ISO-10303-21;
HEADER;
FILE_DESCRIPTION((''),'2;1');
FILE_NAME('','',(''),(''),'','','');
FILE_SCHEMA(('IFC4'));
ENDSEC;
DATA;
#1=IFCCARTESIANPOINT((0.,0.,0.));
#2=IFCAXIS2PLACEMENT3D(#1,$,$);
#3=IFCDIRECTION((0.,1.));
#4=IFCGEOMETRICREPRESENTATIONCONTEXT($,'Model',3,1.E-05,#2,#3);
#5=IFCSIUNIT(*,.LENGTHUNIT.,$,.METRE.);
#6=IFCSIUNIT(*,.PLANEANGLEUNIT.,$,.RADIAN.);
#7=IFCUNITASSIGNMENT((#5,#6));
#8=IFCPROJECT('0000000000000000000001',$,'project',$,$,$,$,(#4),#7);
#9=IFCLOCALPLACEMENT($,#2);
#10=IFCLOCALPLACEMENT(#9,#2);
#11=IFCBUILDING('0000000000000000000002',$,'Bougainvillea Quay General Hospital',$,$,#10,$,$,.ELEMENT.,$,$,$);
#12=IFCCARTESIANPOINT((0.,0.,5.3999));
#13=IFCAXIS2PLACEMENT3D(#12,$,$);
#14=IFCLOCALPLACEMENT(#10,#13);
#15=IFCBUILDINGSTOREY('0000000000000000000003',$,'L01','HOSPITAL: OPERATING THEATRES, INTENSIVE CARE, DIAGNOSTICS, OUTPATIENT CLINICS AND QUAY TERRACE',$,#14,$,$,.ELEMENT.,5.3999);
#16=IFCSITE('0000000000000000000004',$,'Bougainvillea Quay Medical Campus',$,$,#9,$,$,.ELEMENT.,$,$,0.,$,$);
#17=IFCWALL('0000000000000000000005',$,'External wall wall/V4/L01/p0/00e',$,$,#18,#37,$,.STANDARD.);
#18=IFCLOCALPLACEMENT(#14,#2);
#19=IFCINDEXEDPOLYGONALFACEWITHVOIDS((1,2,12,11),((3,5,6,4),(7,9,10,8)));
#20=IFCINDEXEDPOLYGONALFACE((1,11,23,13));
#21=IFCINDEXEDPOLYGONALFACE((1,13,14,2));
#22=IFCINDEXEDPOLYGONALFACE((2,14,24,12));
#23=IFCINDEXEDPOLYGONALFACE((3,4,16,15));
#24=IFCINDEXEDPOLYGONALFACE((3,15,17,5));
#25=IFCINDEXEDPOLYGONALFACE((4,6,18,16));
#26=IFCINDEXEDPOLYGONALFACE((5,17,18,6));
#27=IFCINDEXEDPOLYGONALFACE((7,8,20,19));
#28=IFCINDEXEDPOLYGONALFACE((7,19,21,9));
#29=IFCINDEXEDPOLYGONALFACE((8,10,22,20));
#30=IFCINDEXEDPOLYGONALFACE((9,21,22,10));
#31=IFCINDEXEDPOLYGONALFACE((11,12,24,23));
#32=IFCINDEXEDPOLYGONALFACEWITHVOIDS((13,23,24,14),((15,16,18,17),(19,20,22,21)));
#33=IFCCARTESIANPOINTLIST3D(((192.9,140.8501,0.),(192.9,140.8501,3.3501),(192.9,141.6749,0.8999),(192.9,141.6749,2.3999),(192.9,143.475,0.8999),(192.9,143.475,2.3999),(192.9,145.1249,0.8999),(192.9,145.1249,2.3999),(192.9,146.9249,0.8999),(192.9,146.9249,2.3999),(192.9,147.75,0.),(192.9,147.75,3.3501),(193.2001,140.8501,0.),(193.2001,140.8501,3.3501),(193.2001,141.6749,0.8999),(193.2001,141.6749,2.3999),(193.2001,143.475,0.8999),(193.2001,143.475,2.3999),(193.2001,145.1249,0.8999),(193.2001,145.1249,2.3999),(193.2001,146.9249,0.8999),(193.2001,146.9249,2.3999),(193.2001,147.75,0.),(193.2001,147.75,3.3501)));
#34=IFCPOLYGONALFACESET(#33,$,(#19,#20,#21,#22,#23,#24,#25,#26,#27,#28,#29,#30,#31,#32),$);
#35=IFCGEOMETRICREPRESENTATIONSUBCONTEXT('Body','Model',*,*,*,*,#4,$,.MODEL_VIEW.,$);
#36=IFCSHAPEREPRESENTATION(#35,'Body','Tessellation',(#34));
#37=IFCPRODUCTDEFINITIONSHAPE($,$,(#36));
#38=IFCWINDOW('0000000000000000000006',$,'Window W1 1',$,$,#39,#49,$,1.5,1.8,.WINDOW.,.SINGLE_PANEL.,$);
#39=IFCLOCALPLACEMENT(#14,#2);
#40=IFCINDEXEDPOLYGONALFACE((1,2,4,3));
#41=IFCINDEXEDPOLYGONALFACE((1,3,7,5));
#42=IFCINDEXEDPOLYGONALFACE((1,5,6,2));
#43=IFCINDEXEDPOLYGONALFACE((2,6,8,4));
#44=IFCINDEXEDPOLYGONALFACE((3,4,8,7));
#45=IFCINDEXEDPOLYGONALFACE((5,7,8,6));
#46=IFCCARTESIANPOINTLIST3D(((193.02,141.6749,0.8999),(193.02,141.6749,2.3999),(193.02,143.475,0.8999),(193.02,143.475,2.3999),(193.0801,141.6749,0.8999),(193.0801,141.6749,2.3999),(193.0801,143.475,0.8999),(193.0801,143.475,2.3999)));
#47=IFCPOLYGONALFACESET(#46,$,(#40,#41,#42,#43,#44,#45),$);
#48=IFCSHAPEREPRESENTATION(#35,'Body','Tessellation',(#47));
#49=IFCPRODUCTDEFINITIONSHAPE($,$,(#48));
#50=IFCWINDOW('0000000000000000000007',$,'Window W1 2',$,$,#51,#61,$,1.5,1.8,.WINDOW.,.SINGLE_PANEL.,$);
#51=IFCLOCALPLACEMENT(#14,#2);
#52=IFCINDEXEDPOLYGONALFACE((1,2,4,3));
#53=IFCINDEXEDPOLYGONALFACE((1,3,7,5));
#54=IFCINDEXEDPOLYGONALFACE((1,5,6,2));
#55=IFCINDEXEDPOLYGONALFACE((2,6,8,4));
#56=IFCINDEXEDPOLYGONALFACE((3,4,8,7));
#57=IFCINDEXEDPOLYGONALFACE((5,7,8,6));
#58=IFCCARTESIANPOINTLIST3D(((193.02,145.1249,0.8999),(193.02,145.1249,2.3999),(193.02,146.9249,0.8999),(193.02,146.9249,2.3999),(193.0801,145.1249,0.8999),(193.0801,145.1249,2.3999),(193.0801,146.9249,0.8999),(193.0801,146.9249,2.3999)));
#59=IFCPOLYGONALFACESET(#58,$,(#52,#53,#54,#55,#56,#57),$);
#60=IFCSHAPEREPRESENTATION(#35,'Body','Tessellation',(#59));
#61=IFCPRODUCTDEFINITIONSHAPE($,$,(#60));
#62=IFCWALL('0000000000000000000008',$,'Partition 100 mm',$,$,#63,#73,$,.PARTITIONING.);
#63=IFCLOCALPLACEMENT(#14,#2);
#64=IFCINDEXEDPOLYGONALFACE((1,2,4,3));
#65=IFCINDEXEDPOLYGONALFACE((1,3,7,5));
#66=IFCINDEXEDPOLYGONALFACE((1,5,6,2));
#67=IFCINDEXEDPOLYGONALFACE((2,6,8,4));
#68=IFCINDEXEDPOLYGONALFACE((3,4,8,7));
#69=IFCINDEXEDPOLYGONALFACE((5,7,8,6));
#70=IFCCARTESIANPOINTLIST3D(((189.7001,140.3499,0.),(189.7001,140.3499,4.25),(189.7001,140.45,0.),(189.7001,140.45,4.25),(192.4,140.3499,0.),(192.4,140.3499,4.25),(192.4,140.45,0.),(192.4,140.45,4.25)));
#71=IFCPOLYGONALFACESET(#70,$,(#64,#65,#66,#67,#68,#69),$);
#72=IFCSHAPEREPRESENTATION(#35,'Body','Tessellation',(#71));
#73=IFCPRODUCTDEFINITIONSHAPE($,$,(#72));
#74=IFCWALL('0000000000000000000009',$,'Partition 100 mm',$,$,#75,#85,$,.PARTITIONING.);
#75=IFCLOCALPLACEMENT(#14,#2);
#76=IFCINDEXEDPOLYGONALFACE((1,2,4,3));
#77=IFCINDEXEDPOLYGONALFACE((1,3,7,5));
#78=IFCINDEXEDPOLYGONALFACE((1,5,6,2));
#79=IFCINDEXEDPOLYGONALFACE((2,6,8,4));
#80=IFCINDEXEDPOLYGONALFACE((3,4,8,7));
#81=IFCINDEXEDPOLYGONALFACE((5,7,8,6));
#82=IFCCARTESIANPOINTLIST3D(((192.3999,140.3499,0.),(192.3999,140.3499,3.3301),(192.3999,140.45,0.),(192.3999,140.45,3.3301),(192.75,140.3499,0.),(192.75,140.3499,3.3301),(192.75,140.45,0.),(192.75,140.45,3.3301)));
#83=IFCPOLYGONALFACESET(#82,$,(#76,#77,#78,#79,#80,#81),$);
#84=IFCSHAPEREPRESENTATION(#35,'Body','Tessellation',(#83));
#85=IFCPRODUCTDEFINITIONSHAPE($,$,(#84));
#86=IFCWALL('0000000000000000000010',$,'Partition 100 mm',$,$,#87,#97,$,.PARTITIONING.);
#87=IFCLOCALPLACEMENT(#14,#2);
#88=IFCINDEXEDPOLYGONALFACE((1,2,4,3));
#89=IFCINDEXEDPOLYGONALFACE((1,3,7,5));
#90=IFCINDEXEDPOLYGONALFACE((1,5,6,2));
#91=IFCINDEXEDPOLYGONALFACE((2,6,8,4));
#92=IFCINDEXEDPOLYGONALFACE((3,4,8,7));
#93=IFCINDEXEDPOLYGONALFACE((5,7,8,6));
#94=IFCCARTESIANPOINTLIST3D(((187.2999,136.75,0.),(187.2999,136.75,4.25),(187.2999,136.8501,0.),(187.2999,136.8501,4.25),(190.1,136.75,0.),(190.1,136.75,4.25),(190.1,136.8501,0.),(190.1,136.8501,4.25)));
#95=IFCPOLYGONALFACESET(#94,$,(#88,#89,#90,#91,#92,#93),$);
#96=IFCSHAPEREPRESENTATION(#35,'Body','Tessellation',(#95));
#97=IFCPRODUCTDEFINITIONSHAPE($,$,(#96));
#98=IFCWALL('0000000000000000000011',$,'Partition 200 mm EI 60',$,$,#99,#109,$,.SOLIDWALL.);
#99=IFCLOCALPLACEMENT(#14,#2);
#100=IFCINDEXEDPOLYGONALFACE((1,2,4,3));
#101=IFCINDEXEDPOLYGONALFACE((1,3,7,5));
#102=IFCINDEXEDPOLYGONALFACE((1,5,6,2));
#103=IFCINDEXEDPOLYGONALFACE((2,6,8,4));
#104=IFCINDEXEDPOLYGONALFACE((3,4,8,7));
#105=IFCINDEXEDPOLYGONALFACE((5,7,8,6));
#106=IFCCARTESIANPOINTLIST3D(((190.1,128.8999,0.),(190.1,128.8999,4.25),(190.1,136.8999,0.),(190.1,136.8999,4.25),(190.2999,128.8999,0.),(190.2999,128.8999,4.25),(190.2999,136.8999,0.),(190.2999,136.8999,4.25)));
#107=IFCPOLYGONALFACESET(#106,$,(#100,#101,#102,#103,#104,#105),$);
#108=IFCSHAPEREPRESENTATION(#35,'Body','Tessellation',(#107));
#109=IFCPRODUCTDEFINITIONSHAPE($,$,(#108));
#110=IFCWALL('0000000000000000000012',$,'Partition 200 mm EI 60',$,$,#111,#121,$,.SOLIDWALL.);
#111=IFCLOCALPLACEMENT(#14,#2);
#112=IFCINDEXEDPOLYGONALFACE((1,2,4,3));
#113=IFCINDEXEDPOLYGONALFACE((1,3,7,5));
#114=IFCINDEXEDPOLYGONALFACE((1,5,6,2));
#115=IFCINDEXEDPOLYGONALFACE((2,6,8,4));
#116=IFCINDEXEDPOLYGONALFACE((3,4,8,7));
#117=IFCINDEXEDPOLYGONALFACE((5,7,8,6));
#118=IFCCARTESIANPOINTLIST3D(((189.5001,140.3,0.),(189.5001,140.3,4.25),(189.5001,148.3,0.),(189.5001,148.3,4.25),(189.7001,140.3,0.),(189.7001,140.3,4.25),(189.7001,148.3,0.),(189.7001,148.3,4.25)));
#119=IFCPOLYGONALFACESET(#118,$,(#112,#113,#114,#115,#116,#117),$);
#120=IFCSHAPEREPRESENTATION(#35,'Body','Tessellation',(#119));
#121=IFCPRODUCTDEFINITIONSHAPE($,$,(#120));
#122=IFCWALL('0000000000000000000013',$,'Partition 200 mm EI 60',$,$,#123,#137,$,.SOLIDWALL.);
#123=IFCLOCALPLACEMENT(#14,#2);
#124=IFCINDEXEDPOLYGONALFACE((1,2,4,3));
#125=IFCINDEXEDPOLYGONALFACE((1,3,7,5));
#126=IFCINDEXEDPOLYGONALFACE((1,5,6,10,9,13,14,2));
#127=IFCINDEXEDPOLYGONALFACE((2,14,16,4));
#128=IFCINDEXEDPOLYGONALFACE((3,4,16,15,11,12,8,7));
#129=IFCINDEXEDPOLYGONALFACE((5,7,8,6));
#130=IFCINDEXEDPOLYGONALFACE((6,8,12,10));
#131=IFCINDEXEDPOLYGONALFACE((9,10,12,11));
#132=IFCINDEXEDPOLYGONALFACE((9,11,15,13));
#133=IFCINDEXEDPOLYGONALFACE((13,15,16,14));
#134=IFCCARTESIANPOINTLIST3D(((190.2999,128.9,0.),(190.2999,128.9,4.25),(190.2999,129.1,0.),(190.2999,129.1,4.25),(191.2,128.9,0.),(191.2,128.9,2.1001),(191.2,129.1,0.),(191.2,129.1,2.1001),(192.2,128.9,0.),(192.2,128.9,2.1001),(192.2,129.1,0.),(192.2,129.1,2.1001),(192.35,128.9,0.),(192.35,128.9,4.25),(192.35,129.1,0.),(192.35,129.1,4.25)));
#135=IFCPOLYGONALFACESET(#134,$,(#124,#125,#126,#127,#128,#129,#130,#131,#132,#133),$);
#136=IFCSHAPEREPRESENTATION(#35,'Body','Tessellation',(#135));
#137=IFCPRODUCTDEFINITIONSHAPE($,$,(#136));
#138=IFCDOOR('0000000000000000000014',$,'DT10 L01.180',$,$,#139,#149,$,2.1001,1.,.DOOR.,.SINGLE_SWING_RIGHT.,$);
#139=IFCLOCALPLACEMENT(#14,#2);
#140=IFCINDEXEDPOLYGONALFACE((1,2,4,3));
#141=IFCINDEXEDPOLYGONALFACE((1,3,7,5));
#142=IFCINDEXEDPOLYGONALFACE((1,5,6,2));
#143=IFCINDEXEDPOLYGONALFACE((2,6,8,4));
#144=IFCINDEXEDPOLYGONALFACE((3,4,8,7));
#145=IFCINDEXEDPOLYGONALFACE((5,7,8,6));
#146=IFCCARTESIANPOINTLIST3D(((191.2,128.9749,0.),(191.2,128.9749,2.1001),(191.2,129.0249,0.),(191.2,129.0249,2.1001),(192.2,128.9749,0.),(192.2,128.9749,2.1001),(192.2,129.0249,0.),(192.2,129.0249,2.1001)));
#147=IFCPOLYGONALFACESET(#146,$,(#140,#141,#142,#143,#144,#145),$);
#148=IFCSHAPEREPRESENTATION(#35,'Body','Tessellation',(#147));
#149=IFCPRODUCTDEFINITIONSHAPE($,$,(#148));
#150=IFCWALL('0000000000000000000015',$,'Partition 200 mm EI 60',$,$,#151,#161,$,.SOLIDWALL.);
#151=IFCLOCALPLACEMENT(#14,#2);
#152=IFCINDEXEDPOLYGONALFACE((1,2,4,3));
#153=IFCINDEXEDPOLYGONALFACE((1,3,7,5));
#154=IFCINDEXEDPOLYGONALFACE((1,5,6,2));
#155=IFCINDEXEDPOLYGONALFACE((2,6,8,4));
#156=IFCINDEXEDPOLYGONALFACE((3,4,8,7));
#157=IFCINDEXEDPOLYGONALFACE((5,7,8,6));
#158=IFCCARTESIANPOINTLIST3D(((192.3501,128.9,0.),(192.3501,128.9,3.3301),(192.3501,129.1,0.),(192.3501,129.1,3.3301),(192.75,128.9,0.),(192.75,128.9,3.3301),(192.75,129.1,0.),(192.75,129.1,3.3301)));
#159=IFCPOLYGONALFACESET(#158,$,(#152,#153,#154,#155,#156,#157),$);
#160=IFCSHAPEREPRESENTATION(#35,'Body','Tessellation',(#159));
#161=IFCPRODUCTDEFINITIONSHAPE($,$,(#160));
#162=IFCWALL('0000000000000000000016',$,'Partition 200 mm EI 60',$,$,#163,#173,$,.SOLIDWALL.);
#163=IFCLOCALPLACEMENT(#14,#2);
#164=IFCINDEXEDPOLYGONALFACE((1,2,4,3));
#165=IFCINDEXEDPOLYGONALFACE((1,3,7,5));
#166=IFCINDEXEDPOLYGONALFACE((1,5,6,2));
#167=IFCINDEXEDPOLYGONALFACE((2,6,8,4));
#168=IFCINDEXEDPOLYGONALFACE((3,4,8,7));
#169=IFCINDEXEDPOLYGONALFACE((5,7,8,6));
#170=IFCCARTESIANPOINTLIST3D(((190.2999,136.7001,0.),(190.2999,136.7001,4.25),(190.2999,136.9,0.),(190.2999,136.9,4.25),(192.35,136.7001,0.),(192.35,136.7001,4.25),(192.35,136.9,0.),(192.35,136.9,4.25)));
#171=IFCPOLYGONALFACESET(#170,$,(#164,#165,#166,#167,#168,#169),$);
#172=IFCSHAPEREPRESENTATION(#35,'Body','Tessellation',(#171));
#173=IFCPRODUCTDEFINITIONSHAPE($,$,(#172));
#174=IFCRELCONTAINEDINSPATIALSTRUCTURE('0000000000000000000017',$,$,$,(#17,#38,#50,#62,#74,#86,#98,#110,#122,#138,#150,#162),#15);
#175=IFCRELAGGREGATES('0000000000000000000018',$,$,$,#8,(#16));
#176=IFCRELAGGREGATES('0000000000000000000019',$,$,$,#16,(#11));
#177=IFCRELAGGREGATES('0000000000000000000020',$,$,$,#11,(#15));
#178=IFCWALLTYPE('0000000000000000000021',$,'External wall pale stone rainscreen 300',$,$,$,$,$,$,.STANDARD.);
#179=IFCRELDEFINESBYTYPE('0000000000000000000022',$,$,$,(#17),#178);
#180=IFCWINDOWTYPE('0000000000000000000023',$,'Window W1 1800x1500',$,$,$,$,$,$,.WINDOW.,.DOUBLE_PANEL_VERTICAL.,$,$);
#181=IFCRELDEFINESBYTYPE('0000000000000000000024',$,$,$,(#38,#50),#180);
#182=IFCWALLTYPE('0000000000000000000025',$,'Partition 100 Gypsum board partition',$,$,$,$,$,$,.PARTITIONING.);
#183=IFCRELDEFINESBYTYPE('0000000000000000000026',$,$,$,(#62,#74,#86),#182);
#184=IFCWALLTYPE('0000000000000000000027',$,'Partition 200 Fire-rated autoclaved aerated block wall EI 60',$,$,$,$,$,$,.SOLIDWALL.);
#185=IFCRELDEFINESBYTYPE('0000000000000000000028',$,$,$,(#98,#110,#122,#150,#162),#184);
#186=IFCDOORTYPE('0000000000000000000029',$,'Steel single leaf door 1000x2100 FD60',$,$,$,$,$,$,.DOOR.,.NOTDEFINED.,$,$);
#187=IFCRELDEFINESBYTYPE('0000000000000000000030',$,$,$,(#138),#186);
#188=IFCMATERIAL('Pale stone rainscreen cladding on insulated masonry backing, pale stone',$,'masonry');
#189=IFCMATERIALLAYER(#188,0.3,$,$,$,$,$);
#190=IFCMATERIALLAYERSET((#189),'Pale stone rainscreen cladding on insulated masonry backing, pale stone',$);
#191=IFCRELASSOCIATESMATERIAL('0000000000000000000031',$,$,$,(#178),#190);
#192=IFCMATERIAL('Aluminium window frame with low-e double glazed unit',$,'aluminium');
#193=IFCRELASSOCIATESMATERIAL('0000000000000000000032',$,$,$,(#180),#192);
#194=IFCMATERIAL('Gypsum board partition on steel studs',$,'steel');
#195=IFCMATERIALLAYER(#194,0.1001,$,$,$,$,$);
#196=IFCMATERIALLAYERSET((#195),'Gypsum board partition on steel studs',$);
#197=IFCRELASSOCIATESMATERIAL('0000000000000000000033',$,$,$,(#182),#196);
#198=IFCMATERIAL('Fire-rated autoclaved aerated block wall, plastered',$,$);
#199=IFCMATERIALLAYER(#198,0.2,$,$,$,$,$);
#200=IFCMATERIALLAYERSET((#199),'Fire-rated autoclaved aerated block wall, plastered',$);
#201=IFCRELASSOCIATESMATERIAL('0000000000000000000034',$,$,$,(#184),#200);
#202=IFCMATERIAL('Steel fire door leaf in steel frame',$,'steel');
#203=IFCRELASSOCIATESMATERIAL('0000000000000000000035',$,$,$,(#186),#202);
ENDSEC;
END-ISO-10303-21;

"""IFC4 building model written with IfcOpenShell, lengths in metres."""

from ifc_helpers import new_model, si_unit, direction, frame, frame_2d, origin, place, context, subcontext, project, spatial, rectangle, extrude, material, layer, layer_set, type_object, element, fill, save


model = new_model("IFC4")

# Units and contexts
model_context = context("Model", 3, precision=1e-05, world=origin(), true_north=direction((0.0, 1.0)))
body_context = subcontext(model_context, "Body", "Model", "MODEL_VIEW")
ifc_project = project(units=[si_unit("LENGTHUNIT", "METRE"), si_unit("PLANEANGLEUNIT", "RADIAN")], contexts=[model_context])

# Site, building, storey
site_placement = place(None, origin())
site = spatial("IfcSite", under=ifc_project, at=site_placement, Name="Bougainvillea Quay Medical Campus", CompositionType="ELEMENT", RefElevation=0.0)
building_placement = place(site_placement, origin())
building = spatial("IfcBuilding", under=site, at=building_placement, Name="Bougainvillea Quay General Hospital", CompositionType="ELEMENT")
storey_placement = place(building_placement, frame((0.0, 0.0, 5.3999)))
storey = spatial("IfcBuildingStorey", under=building, at=storey_placement, Name="L01", Description="HOSPITAL: OPERATING THEATRES, INTENSIVE CARE, DIAGNOSTICS, OUTPATIENT CLINICS AND QUAY TERRACE", CompositionType="ELEMENT", Elevation=5.3999)

# Shared definitions
ifc_material_1 = material(Name="Pale stone rainscreen cladding on insulated masonry backing, pale stone", Category="masonry")
ifc_layer_1 = layer(ifc_material_1, 0.3)
ifc_layer_set_1 = layer_set([ifc_layer_1], Name="Pale stone rainscreen cladding on insulated masonry backing, pale stone")
wall_type_1 = type_object("IfcWallType", Name="External wall pale stone rainscreen 300", PredefinedType="STANDARD", material=ifc_layer_set_1)
ifc_material_2 = material(Name="Aluminium window frame with low-e double glazed unit", Category="aluminium")
window_type = type_object("IfcWindowType", Name="Window W1 1800x1500", PartitioningType="DOUBLE_PANEL_VERTICAL", PredefinedType="WINDOW", material=ifc_material_2)

# Wall, openings, windows
wall_1_placement = place(storey_placement, frame((193.05, 140.8501, 0.0), z_axis=(0.0, 0.0, 1.0), x_axis=(0.0, 1.0, 0.0)))
wall_1 = element("IfcWall", 1, at=wall_1_placement, inside=storey, type_object=wall_type_1, Name="External wall wall/V4/L01/p0/00e", PredefinedType="STANDARD", context=body_context, shape_type="SweptSolid", body=[
    extrude(rectangle(XDim=6.8999, YDim=0.3, at=frame_2d((3.45, 0.0))), origin(), (0.0, 0.0, 1.0), 3.3501),
])
opening_1_placement = place(wall_1_placement, frame((0.825, 0.0, 0.8999)))
opening_1 = element("IfcOpeningElement", 2, at=opening_1_placement, cuts=wall_1, PredefinedType="OPENING", context=body_context, shape_type="SweptSolid", body=[
    extrude(rectangle(XDim=1.8, YDim=1.5, at=frame_2d((0.8999, 0.75))), frame((0.0, 0.1599, 0.0), z_axis=(0.0, -1.0, 0.0), x_axis=(1.0, 0.0, 0.0)), (0.0, 0.0, 1.0), 0.3201),
])
opening_2_placement = place(wall_1_placement, frame((4.2749, 0.0, 0.8999)))
opening_2 = element("IfcOpeningElement", 3, at=opening_2_placement, cuts=wall_1, PredefinedType="OPENING", context=body_context, shape_type="SweptSolid", body=[
    extrude(rectangle(XDim=1.8, YDim=1.5, at=frame_2d((0.8999, 0.75))), frame((0.0, 0.1599, 0.0), z_axis=(0.0, -1.0, 0.0), x_axis=(1.0, 0.0, 0.0)), (0.0, 0.0, 1.0), 0.3201),
])
window_1_placement = place(opening_1_placement, origin())
window_1 = element("IfcWindow", 4, at=window_1_placement, inside=storey, type_object=window_type, Name="Window W1 1", OverallHeight=1.5, OverallWidth=1.8, PartitioningType="SINGLE_PANEL", PredefinedType="WINDOW", context=body_context, shape_type="SweptSolid", body=[
    extrude(rectangle(XDim=1.8, YDim=1.5, at=frame_2d((0.8999, 0.75))), frame((0.0, 0.03, 0.0), z_axis=(0.0, -1.0, 0.0), x_axis=(1.0, 0.0, 0.0)), (0.0, 0.0, 1.0), 0.0601),
])
fill(opening_1, window_1)
window_2_placement = place(opening_2_placement, origin())
window_2 = element("IfcWindow", 5, at=window_2_placement, inside=storey, type_object=window_type, Name="Window W1 2", OverallHeight=1.5, OverallWidth=1.8, PartitioningType="SINGLE_PANEL", PredefinedType="WINDOW", context=body_context, shape_type="SweptSolid", body=[
    extrude(rectangle(XDim=1.8, YDim=1.5, at=frame_2d((0.8999, 0.75))), frame((0.0, 0.03, 0.0), z_axis=(0.0, -1.0, 0.0), x_axis=(1.0, 0.0, 0.0)), (0.0, 0.0, 1.0), 0.0601),
])
fill(opening_2, window_2)

# Walls
ifc_material_3 = material(Name="Gypsum board partition on steel studs", Category="steel")
ifc_layer_2 = layer(ifc_material_3, 0.1001)
ifc_layer_set_2 = layer_set([ifc_layer_2], Name="Gypsum board partition on steel studs")
wall_type_2 = type_object("IfcWallType", Name="Partition 100 Gypsum board partition", PredefinedType="PARTITIONING", material=ifc_layer_set_2)
wall_2_placement = place(storey_placement, frame((189.7, 140.3999, 0.0), z_axis=(0.0, 0.0, 1.0), x_axis=(1.0, 0.0, 0.0)))
element("IfcWall", 6, at=wall_2_placement, inside=storey, type_object=wall_type_2, Name="Partition 100 mm", PredefinedType="PARTITIONING", context=body_context, shape_type="SweptSolid", body=[
    extrude(rectangle(XDim=2.7, YDim=0.1001, at=frame_2d((1.3501, 0.0))), origin(), (0.0, 0.0, 1.0), 4.25),
])
wall_3_placement = place(storey_placement, frame((192.3999, 140.3999, 0.0), z_axis=(0.0, 0.0, 1.0), x_axis=(1.0, 0.0, 0.0)))
element("IfcWall", 7, at=wall_3_placement, inside=storey, type_object=wall_type_2, Name="Partition 100 mm", PredefinedType="PARTITIONING", context=body_context, shape_type="SweptSolid", body=[
    extrude(rectangle(XDim=0.3501, YDim=0.1001, at=frame_2d((0.175, 0.0))), origin(), (0.0, 0.0, 1.0), 3.3301),
])
wall_4_placement = place(storey_placement, frame((187.3, 136.8, 0.0), z_axis=(0.0, 0.0, 1.0), x_axis=(1.0, 0.0, 0.0)))
element("IfcWall", 8, at=wall_4_placement, inside=storey, type_object=wall_type_2, Name="Partition 100 mm", PredefinedType="PARTITIONING", context=body_context, shape_type="SweptSolid", body=[
    extrude(rectangle(XDim=2.8, YDim=0.1001, at=frame_2d((1.3999, 0.0))), origin(), (0.0, 0.0, 1.0), 4.25),
])
ifc_material_4 = material(Name="Fire-rated autoclaved aerated block wall, plastered")
ifc_layer_3 = layer(ifc_material_4, 0.2)
ifc_layer_set_3 = layer_set([ifc_layer_3], Name="Fire-rated autoclaved aerated block wall, plastered")
wall_type_3 = type_object("IfcWallType", Name="Partition 200 Fire-rated autoclaved aerated block wall EI 60", PredefinedType="SOLIDWALL", material=ifc_layer_set_3)
for number, where, z_axis, x_axis, name in (
    (9, (190.2, 128.8999, 0.0), (0.0, 0.0, 1.0), (0.0, 1.0, 0.0), "Partition 200 mm EI 60"),
    (10, (189.6001, 140.3, 0.0), (0.0, 0.0, 1.0), (0.0, 1.0, 0.0), "Partition 200 mm EI 60"),
):
    element("IfcWall", number, at=place(storey_placement, frame(where, z_axis=z_axis, x_axis=x_axis)), inside=storey, type_object=wall_type_3, Name=name, PredefinedType="SOLIDWALL", context=body_context, shape_type="SweptSolid", body=[
        extrude(rectangle(XDim=8.0, YDim=0.2, at=frame_2d((4.0, 0.0))), origin(), (0.0, 0.0, 1.0), 4.25),
    ])

# Wall, opening, door
wall_5_placement = place(storey_placement, frame((190.3, 129.0, 0.0), z_axis=(0.0, 0.0, 1.0), x_axis=(1.0, 0.0, 0.0)))
wall_5 = element("IfcWall", 11, at=wall_5_placement, inside=storey, type_object=wall_type_3, Name="Partition 200 mm EI 60", PredefinedType="SOLIDWALL", context=body_context, shape_type="SweptSolid", body=[
    extrude(rectangle(XDim=2.05, YDim=0.2, at=frame_2d((1.0249, 0.0))), origin(), (0.0, 0.0, 1.0), 4.25),
])
opening_3_placement = place(wall_5_placement, frame((0.8999, 0.0, 0.0)))
opening_3 = element("IfcOpeningElement", 12, at=opening_3_placement, cuts=wall_5, PredefinedType="OPENING", context=body_context, shape_type="SweptSolid", body=[
    extrude(rectangle(XDim=1.0, YDim=2.1001, at=frame_2d((0.5, 1.05))), frame((0.0, 0.1099, 0.0), z_axis=(0.0, -1.0, 0.0), x_axis=(1.0, 0.0, 0.0)), (0.0, 0.0, 1.0), 0.22),
])
ifc_material_5 = material(Name="Steel fire door leaf in steel frame", Category="steel")
door_type = type_object("IfcDoorType", Name="Steel single leaf door 1000x2100 FD60", OperationType="NOTDEFINED", PredefinedType="DOOR", material=ifc_material_5)
door_placement = place(opening_3_placement, origin())
door = element("IfcDoor", 13, at=door_placement, inside=storey, type_object=door_type, Name="DT10 L01.180", OperationType="SINGLE_SWING_RIGHT", OverallHeight=2.1001, OverallWidth=1.0, PredefinedType="DOOR", context=body_context, shape_type="SweptSolid", body=[
    extrude(rectangle(XDim=1.0, YDim=2.1001, at=frame_2d((0.5, 1.05))), frame((0.0, 0.0249, 0.0), z_axis=(0.0, -1.0, 0.0), x_axis=(1.0, 0.0, 0.0)), (0.0, 0.0, 1.0), 0.05),
])
fill(opening_3, door)

# Walls
wall_6_placement = place(storey_placement, frame((192.3501, 129.0, 0.0), z_axis=(0.0, 0.0, 1.0), x_axis=(1.0, 0.0, 0.0)))
element("IfcWall", 14, at=wall_6_placement, inside=storey, type_object=wall_type_3, Name="Partition 200 mm EI 60", PredefinedType="SOLIDWALL", context=body_context, shape_type="SweptSolid", body=[
    extrude(rectangle(XDim=0.3999, YDim=0.2, at=frame_2d((0.2, 0.0))), origin(), (0.0, 0.0, 1.0), 3.3301),
])
wall_7_placement = place(storey_placement, frame((190.3, 136.8, 0.0), z_axis=(0.0, 0.0, 1.0), x_axis=(1.0, 0.0, 0.0)))
element("IfcWall", 15, at=wall_7_placement, inside=storey, type_object=wall_type_3, Name="Partition 200 mm EI 60", PredefinedType="SOLIDWALL", context=body_context, shape_type="SweptSolid", body=[
    extrude(rectangle(XDim=2.05, YDim=0.2, at=frame_2d((1.0249, 0.0))), origin(), (0.0, 0.0, 1.0), 4.25),
])

save(model, "model.ifc")
